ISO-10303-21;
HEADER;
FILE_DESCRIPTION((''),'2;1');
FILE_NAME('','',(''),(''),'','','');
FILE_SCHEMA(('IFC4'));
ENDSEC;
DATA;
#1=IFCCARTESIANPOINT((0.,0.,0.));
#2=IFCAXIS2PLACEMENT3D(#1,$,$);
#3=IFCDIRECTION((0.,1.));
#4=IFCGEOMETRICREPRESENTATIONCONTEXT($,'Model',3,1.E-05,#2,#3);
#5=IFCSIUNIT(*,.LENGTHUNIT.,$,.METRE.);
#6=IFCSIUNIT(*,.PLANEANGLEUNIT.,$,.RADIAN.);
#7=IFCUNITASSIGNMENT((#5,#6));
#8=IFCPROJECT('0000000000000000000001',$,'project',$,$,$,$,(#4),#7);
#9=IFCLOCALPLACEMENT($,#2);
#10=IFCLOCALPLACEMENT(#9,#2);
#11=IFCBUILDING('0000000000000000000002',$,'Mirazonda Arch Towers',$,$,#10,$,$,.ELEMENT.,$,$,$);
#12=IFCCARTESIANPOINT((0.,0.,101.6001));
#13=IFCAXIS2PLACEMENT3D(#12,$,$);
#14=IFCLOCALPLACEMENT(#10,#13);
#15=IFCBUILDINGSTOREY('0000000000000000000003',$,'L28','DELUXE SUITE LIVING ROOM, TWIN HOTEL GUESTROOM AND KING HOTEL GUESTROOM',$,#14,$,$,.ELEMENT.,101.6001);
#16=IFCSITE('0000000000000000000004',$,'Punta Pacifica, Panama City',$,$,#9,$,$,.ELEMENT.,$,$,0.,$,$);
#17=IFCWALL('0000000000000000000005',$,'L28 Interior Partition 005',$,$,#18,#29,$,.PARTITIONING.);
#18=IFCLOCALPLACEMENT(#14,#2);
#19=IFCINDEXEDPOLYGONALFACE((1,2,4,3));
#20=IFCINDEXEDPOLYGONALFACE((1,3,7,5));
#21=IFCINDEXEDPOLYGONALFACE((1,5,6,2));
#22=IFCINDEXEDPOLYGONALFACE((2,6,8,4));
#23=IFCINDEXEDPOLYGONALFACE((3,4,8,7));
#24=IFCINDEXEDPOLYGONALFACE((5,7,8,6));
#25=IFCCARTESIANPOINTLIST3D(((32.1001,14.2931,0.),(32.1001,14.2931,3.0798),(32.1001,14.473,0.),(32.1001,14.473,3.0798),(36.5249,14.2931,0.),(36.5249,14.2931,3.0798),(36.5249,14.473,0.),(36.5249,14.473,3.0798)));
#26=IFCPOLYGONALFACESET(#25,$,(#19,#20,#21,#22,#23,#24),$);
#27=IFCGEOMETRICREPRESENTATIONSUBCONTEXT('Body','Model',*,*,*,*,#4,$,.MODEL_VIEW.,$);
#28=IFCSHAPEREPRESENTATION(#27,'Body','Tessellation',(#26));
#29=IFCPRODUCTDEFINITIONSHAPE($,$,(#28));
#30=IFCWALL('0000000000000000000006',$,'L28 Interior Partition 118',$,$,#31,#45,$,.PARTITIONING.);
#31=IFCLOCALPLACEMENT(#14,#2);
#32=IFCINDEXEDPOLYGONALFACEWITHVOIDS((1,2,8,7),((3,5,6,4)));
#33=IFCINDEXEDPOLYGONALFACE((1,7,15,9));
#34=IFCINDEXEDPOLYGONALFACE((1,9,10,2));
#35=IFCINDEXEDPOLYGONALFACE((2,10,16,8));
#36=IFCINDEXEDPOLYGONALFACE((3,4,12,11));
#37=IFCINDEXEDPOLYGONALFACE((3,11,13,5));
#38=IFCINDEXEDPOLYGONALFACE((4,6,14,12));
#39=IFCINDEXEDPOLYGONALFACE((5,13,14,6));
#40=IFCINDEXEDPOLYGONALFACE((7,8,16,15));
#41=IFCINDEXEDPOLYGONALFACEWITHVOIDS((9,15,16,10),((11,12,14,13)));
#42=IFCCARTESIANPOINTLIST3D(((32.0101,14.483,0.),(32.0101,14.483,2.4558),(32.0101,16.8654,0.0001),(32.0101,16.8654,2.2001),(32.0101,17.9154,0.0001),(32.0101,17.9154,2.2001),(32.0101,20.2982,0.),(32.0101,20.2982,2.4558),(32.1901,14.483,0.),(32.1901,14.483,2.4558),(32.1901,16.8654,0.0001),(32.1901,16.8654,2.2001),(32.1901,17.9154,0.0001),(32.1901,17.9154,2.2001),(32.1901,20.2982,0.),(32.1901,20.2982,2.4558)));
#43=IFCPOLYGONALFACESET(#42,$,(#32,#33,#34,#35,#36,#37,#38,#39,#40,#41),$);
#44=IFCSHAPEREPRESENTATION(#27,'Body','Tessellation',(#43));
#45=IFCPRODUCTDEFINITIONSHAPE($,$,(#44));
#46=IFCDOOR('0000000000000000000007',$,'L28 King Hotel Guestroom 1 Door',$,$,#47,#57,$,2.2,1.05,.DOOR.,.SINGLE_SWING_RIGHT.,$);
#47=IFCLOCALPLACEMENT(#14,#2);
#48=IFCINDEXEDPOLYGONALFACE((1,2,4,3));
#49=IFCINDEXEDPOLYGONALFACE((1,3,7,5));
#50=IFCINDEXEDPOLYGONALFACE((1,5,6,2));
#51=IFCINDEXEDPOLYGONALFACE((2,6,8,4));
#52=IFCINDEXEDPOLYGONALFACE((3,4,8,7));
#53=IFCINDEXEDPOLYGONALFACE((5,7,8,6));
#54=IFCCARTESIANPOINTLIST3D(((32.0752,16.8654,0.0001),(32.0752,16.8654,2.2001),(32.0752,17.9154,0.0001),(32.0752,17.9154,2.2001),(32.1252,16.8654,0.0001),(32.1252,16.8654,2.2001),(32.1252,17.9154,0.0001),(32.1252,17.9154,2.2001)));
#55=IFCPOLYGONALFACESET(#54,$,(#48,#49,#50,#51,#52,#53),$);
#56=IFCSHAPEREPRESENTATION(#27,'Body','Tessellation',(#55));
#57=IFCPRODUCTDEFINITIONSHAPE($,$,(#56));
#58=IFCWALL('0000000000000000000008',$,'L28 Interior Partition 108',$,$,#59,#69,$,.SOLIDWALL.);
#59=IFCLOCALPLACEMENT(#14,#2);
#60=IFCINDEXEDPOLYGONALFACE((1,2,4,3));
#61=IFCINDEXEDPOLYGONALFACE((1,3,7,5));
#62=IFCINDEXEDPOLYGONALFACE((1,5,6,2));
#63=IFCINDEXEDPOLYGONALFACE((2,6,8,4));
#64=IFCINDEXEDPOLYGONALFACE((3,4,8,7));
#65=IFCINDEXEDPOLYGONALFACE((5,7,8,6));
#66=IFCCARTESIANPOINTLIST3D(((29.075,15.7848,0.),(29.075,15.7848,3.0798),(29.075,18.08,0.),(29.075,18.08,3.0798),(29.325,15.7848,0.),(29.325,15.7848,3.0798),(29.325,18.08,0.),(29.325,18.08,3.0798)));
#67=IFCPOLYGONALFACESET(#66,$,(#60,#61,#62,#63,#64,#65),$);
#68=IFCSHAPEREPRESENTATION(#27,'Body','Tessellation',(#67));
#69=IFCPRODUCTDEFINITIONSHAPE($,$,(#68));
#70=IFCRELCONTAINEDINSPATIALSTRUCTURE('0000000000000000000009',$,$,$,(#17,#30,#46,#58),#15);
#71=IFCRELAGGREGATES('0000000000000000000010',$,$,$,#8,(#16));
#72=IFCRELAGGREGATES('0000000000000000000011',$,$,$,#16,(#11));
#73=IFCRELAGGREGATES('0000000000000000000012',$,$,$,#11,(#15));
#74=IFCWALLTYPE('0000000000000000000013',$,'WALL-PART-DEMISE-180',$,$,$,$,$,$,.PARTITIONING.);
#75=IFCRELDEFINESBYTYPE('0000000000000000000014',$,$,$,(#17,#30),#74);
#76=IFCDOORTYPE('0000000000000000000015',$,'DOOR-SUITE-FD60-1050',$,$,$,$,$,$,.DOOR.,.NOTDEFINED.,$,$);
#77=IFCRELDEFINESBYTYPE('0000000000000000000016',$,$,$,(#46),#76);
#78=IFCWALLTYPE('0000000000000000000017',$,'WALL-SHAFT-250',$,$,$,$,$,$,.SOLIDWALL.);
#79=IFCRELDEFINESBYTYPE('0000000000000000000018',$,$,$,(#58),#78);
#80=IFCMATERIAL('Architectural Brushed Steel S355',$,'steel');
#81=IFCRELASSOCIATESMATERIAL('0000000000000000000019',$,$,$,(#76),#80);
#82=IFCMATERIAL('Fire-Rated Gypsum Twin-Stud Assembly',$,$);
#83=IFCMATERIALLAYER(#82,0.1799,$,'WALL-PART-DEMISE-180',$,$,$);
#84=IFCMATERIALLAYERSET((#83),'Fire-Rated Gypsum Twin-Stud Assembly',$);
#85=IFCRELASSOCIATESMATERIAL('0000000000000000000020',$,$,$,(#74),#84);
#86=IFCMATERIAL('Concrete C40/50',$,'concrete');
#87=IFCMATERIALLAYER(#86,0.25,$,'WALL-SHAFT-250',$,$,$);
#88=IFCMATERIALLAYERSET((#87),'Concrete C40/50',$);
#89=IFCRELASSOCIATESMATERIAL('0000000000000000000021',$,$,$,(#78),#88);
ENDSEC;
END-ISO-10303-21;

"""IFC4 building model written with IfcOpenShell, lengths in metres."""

from ifc_helpers import new_model, si_unit, direction, frame, frame_2d, origin, place, context, subcontext, project, spatial, rectangle, extrude, material, layer, layer_set, type_object, element, fill, save


model = new_model("IFC4")

# Units and contexts
model_context = context("Model", 3, precision=1e-05, world=origin(), true_north=direction((0.0, 1.0)))
body_context = subcontext(model_context, "Body", "Model", "MODEL_VIEW")
ifc_project = project(units=[si_unit("LENGTHUNIT", "METRE"), si_unit("PLANEANGLEUNIT", "RADIAN")], contexts=[model_context])

# Site, building, storey
site_placement = place(None, origin())
site = spatial("IfcSite", under=ifc_project, at=site_placement, Name="Punta Pacifica, Panama City", CompositionType="ELEMENT", RefElevation=0.0)
building_placement = place(site_placement, origin())
building = spatial("IfcBuilding", under=site, at=building_placement, Name="Mirazonda Arch Towers", CompositionType="ELEMENT")
storey_placement = place(building_placement, frame((0.0, 0.0, 101.6001)))
storey = spatial("IfcBuildingStorey", under=building, at=storey_placement, Name="L28", Description="DELUXE SUITE LIVING ROOM, TWIN HOTEL GUESTROOM AND KING HOTEL GUESTROOM", CompositionType="ELEMENT", Elevation=101.6001)

# Shared definitions
ifc_material_1 = material(Name="Architectural Brushed Steel S355", Category="steel")
door_type_1 = type_object("IfcDoorType", Name="DOOR-SUITE-FD60-1050", OperationType="NOTDEFINED", PredefinedType="DOOR", material=ifc_material_1)

# Wall
ifc_material_2 = material(Name="Fire-Rated Gypsum Twin-Stud Assembly")
ifc_layer_1 = layer(ifc_material_2, 0.1799, Name="WALL-PART-DEMISE-180")
ifc_layer_set_1 = layer_set([ifc_layer_1], Name="Fire-Rated Gypsum Twin-Stud Assembly")
wall_type_1 = type_object("IfcWallType", Name="WALL-PART-DEMISE-180", PredefinedType="PARTITIONING", material=ifc_layer_set_1)
wall_1_placement = place(storey_placement, frame((32.1001, 14.3831, 0.0), z_axis=(0.0, 0.0, 1.0), x_axis=(1.0, 0.0, 0.0)))
element("IfcWall", 1, at=wall_1_placement, inside=storey, type_object=wall_type_1, Name="L28 Interior Partition 005", PredefinedType="PARTITIONING", context=body_context, shape_type="SweptSolid", body=[
    extrude(rectangle(XDim=4.4248, YDim=0.1799, at=frame_2d((2.2124, 0.0))), origin(), (0.0, 0.0, 1.0), 3.0798),
])

# Wall, opening, door
wall_2_placement = place(storey_placement, frame((32.1001, 14.4829, 0.0), z_axis=(0.0, 0.0, 1.0), x_axis=(0.0, 1.0, 0.0)))
wall_2 = element("IfcWall", 2, at=wall_2_placement, inside=storey, type_object=wall_type_1, Name="L28 Interior Partition 118", PredefinedType="PARTITIONING", context=body_context, shape_type="SweptSolid", body=[
    extrude(rectangle(XDim=5.8152, YDim=0.1799, at=frame_2d((2.9077, 0.0))), origin(), (0.0, 0.0, 1.0), 2.4558),
])
opening_1_placement = place(wall_2_placement, frame((2.3826, 0.0, 0.0)))
opening_1 = element("IfcOpeningElement", 3, at=opening_1_placement, cuts=wall_2, PredefinedType="OPENING", context=body_context, shape_type="SweptSolid", body=[
    extrude(rectangle(XDim=1.05, YDim=2.2, at=frame_2d((0.5249, 1.1001))), frame((0.0, 0.0999, 0.0), z_axis=(0.0, -1.0, 0.0), x_axis=(1.0, 0.0, 0.0)), (0.0, 0.0, 1.0), 0.2),
])
door_1_placement = place(opening_1_placement, origin())
door_1 = element("IfcDoor", 4, at=door_1_placement, inside=storey, type_object=door_type_1, Name="L28 King Hotel Guestroom 1 Door", OperationType="SINGLE_SWING_RIGHT", OverallHeight=2.2, OverallWidth=1.05, PredefinedType="DOOR", context=body_context, shape_type="SweptSolid", body=[
    extrude(rectangle(XDim=1.05, YDim=2.2, at=frame_2d((0.5249, 1.1001))), frame((0.0, 0.0249, 0.0), z_axis=(0.0, -1.0, 0.0), x_axis=(1.0, 0.0, 0.0)), (0.0, 0.0, 1.0), 0.05),
])
fill(opening_1, door_1)

# Wall
ifc_material_3 = material(Name="Concrete C40/50", Category="concrete")
ifc_layer_2 = layer(ifc_material_3, 0.25, Name="WALL-SHAFT-250")
ifc_layer_set_2 = layer_set([ifc_layer_2], Name="Concrete C40/50")
wall_type_2 = type_object("IfcWallType", Name="WALL-SHAFT-250", PredefinedType="SOLIDWALL", material=ifc_layer_set_2)
wall_3_placement = place(storey_placement, frame((29.2, 15.7849, 0.0), z_axis=(0.0, 0.0, 1.0), x_axis=(0.0, 1.0, 0.0)))
element("IfcWall", 5, at=wall_3_placement, inside=storey, type_object=wall_type_2, Name="L28 Interior Partition 108", PredefinedType="SOLIDWALL", context=body_context, shape_type="SweptSolid", body=[
    extrude(rectangle(XDim=2.2952, YDim=0.25, at=frame_2d((1.1475, 0.0))), origin(), (0.0, 0.0, 1.0), 3.0798),
])

save(model, "model.ifc")
